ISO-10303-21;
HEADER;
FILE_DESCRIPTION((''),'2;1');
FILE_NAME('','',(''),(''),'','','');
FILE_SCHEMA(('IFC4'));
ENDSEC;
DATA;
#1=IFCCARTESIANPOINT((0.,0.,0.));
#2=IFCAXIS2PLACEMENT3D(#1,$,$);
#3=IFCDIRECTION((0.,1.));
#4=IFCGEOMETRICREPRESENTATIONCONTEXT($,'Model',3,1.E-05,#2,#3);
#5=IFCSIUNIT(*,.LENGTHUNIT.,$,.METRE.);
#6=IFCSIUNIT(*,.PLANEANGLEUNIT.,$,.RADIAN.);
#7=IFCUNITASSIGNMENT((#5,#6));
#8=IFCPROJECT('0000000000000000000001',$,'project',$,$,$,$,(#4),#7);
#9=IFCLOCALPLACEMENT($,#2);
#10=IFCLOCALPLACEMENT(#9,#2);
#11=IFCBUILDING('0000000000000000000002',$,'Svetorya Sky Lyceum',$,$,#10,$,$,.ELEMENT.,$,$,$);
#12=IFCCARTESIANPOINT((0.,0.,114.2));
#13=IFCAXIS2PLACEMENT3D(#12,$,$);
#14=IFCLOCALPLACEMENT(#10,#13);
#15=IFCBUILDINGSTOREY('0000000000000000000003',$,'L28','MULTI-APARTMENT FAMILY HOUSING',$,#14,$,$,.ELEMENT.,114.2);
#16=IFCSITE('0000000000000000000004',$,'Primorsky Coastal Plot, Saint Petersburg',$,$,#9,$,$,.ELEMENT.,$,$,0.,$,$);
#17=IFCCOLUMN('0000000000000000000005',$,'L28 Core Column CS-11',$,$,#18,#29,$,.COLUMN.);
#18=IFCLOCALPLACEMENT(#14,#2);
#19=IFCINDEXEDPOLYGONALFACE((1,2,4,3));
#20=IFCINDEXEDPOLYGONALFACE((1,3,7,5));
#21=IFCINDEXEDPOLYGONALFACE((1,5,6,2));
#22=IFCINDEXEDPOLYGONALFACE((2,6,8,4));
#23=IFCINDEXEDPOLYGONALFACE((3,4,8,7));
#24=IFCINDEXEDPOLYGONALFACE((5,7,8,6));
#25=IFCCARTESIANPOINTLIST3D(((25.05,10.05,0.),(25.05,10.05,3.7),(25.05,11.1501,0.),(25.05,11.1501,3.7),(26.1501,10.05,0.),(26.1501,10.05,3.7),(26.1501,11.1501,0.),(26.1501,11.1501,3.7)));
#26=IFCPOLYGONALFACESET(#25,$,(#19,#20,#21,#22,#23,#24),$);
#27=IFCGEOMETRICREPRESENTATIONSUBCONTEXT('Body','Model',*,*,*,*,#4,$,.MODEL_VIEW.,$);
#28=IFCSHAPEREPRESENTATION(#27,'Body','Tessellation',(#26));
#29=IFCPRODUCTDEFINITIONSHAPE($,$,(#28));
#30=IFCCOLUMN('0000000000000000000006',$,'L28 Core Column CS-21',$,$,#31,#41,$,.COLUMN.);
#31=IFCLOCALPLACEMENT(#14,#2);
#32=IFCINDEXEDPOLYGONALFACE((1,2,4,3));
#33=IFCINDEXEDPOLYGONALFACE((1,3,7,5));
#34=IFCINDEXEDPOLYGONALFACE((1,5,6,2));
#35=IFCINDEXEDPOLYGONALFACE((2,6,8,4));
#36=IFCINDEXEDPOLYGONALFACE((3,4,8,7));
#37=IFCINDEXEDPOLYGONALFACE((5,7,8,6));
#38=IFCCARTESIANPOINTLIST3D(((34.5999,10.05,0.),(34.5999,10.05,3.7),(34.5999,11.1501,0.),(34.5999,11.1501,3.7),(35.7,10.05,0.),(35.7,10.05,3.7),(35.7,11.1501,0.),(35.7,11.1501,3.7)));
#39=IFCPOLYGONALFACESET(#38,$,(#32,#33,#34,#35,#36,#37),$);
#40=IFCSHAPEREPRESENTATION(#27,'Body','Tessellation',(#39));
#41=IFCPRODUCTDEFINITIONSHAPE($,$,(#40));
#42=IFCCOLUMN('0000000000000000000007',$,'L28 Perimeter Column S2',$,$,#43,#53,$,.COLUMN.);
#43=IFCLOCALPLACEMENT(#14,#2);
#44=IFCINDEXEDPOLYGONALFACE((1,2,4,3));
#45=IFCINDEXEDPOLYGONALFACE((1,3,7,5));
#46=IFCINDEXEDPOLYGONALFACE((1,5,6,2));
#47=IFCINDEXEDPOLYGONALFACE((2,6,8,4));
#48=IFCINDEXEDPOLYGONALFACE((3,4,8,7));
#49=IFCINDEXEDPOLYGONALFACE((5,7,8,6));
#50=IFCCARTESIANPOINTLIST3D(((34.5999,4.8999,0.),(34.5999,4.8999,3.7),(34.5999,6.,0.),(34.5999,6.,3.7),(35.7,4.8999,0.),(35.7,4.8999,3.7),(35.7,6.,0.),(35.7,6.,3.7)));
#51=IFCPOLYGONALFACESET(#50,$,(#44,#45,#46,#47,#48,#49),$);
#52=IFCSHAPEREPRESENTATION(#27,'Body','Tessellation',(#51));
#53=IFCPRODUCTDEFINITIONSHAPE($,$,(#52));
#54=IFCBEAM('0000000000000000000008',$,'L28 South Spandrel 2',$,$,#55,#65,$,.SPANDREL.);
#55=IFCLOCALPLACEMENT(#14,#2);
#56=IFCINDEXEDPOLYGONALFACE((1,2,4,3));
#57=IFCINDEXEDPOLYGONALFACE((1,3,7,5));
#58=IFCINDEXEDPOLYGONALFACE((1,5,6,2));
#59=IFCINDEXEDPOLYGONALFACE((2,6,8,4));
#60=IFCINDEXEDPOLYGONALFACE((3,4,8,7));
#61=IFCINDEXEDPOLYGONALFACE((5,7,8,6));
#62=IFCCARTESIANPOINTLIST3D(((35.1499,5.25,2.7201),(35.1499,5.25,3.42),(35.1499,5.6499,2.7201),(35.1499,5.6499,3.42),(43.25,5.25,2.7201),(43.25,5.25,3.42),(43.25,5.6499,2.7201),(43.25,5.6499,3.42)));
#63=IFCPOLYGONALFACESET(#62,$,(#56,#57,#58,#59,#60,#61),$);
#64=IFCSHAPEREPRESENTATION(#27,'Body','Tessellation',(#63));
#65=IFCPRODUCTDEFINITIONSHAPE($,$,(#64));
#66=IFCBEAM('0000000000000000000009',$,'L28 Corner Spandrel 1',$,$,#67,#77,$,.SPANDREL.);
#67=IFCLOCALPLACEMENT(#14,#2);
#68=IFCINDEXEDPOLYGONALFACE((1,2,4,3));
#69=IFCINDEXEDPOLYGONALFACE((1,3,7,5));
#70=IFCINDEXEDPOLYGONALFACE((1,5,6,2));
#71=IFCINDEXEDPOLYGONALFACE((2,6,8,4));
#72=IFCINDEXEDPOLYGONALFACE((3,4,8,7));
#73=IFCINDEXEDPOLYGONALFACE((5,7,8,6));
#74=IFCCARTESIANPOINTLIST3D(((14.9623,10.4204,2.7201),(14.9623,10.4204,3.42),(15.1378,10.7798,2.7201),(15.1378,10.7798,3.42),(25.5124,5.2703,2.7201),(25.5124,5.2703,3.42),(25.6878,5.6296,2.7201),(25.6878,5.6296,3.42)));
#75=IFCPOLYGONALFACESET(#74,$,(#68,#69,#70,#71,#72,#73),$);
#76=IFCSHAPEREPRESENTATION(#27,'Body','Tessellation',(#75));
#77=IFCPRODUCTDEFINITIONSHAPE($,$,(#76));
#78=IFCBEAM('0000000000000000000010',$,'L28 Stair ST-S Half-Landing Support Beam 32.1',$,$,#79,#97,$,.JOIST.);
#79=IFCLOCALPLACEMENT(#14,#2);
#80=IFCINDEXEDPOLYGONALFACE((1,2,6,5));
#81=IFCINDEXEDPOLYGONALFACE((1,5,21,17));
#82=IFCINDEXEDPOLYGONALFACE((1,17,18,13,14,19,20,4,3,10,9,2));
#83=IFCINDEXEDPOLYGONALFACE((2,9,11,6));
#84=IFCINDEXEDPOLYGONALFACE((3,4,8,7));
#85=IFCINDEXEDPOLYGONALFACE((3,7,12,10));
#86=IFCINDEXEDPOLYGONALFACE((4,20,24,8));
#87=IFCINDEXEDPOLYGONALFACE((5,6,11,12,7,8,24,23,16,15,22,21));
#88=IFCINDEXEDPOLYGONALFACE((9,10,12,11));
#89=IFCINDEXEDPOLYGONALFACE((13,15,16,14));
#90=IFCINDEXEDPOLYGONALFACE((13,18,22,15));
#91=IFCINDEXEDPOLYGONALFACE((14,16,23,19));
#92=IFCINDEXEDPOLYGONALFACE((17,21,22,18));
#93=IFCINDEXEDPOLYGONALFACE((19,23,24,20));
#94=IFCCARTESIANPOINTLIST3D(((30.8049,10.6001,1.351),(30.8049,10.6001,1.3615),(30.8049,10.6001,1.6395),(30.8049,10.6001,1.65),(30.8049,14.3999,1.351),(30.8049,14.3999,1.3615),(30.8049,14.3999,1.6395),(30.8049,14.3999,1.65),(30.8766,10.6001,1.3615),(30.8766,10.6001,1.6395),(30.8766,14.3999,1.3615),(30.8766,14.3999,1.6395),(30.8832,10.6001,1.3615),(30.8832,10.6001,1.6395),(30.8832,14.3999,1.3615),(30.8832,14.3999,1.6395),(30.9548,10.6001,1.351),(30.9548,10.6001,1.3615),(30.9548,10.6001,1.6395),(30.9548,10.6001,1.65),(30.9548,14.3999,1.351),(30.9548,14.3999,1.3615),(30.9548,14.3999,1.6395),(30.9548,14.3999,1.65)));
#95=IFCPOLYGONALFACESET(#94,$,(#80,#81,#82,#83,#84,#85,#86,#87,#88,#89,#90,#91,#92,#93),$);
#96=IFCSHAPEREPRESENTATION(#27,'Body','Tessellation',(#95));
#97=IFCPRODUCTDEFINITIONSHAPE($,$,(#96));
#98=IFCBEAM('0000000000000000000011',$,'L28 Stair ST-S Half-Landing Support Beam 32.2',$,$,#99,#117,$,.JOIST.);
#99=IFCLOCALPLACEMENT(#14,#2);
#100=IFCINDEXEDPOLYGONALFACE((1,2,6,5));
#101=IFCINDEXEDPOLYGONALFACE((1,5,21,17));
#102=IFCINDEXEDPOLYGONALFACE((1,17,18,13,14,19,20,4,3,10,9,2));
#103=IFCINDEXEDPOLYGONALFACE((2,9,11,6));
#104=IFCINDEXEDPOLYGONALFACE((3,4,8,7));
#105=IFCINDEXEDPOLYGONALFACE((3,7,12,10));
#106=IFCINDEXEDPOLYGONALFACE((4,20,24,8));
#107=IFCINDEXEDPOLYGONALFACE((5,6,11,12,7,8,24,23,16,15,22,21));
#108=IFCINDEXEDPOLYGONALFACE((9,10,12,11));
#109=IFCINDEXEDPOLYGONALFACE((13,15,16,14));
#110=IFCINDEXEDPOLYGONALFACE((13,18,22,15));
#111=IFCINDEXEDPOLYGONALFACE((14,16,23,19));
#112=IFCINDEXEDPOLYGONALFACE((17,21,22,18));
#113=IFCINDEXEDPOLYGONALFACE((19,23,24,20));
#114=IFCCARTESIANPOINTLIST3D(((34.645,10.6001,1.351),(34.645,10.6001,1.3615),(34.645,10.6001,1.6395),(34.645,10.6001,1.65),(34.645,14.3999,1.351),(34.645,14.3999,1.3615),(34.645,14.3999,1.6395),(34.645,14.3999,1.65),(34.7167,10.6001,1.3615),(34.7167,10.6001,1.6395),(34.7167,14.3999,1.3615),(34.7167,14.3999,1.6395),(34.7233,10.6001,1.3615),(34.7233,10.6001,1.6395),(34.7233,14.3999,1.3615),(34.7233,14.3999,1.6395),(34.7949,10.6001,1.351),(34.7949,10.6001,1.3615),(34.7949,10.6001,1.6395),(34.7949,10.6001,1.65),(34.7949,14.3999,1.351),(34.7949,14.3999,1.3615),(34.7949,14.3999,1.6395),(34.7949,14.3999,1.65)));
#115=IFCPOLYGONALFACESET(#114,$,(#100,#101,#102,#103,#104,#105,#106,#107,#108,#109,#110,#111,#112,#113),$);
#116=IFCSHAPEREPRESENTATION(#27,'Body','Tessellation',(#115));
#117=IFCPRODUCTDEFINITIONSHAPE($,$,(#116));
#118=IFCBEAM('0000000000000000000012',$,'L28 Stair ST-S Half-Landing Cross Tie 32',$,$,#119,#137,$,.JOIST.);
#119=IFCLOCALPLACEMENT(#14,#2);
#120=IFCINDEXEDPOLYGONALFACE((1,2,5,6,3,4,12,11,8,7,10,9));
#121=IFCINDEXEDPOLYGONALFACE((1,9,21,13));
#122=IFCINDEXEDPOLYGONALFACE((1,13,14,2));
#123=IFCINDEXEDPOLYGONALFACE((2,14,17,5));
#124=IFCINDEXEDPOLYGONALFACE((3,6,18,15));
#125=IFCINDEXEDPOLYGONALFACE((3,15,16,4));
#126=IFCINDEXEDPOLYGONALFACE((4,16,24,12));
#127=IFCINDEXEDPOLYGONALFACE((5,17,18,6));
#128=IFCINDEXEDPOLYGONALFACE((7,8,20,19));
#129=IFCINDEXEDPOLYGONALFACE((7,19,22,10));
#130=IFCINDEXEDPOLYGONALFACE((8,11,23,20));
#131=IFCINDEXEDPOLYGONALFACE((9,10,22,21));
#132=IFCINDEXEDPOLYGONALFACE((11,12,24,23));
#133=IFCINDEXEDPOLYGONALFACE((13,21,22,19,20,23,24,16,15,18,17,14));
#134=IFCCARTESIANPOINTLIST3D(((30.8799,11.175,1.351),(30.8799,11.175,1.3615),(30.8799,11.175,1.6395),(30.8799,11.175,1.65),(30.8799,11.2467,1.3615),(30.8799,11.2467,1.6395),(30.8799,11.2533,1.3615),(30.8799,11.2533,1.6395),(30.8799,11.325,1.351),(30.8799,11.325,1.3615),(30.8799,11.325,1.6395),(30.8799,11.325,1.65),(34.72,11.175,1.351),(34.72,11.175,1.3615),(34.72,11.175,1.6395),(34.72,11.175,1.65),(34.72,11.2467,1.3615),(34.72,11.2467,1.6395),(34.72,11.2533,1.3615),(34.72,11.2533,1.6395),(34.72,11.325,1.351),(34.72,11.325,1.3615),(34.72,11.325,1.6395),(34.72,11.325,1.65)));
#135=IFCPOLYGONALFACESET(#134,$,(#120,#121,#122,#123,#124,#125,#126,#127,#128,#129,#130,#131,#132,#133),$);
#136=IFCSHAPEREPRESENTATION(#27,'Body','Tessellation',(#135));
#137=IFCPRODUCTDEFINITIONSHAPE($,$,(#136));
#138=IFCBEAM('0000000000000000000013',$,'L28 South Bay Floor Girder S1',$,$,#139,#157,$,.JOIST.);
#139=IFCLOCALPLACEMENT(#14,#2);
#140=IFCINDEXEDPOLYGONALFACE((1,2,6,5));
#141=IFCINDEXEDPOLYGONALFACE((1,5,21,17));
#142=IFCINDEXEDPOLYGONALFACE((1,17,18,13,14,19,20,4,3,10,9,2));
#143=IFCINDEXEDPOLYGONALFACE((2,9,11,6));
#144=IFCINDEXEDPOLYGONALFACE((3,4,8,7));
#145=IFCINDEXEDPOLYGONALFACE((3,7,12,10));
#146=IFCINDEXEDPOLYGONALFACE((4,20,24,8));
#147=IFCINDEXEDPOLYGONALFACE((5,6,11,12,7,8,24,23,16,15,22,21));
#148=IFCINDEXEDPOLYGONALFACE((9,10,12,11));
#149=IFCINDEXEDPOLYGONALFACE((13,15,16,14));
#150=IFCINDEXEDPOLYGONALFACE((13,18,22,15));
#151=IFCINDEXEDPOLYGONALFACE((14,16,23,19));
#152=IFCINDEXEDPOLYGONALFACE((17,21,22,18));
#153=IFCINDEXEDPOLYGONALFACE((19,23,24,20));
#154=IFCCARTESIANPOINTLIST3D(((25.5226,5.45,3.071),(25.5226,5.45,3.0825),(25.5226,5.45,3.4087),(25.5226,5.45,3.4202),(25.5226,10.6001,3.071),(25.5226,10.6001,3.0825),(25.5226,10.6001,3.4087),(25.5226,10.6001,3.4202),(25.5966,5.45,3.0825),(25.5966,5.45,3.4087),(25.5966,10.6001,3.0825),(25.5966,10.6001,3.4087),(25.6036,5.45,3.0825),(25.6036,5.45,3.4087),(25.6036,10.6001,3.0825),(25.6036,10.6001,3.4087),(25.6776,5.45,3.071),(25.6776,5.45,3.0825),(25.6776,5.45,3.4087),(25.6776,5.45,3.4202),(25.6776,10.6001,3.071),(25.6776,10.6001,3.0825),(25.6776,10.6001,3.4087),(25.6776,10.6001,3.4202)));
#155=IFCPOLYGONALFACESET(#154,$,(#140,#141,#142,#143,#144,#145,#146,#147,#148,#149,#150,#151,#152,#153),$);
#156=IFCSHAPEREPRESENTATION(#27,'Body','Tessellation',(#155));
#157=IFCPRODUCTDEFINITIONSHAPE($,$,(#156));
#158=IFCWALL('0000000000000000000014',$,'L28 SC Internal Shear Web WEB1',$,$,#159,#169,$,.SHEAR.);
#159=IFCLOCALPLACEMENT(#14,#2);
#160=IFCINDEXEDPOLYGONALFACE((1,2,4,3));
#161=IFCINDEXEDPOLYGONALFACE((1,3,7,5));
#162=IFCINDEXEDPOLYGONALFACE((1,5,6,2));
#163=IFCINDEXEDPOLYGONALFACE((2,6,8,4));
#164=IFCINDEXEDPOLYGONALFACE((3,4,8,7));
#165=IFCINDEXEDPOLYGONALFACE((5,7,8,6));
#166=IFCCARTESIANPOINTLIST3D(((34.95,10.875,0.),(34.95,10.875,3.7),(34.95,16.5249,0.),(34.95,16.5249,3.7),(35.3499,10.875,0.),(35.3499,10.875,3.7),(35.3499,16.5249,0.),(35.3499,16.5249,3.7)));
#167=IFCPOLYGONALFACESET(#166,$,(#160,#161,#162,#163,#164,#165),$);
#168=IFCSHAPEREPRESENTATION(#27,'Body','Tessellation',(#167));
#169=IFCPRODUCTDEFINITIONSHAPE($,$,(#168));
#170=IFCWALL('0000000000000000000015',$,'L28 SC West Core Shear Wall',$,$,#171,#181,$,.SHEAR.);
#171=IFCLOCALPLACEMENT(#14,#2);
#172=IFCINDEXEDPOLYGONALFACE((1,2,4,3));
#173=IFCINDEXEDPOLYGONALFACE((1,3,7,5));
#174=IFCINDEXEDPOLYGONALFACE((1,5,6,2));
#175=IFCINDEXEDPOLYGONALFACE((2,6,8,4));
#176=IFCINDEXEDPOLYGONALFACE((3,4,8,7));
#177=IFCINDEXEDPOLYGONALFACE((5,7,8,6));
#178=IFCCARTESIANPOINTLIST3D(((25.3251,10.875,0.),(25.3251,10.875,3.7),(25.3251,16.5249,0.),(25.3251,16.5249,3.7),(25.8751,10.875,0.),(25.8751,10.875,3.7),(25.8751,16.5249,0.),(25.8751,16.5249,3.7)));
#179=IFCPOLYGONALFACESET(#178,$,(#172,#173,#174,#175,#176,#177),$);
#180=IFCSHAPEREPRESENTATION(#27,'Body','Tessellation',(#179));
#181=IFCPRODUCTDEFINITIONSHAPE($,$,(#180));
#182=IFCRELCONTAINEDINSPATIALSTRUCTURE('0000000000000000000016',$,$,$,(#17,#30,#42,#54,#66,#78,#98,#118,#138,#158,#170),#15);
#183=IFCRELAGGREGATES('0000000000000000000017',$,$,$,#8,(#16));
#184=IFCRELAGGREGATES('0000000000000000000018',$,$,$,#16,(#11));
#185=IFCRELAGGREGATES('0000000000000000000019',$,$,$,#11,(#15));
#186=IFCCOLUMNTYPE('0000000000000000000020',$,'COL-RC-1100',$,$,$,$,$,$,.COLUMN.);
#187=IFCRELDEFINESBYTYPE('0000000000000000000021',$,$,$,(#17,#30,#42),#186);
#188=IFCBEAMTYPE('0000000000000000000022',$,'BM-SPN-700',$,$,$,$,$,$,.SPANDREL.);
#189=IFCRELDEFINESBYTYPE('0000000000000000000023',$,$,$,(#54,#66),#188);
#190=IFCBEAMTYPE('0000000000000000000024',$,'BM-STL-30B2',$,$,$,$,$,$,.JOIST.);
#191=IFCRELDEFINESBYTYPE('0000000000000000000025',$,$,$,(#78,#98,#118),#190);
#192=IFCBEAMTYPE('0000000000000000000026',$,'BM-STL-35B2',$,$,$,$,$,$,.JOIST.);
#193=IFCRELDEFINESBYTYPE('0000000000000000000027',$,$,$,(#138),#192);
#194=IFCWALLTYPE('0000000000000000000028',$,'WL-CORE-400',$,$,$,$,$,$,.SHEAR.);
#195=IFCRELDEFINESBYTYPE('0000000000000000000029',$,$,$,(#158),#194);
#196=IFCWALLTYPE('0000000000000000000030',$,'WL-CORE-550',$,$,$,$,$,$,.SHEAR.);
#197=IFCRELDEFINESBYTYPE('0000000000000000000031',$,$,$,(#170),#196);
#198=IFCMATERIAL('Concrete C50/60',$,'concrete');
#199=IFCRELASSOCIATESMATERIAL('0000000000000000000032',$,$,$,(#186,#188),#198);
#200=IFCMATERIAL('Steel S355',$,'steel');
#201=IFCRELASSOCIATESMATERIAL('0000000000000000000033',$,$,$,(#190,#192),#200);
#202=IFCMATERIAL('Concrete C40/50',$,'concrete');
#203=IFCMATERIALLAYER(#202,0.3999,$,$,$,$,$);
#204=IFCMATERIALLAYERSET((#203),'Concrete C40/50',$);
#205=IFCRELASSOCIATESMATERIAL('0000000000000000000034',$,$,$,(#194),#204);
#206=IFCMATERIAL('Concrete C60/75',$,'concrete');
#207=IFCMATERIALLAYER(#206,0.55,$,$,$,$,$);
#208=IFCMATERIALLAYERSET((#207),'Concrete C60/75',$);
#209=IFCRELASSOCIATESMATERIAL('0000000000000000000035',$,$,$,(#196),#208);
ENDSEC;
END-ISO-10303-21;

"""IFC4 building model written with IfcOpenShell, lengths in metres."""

from ifc_helpers import new_model, si_unit, direction, frame, frame_2d, origin, origin_2d, place, context, subcontext, project, spatial, rectangle, i_section, extrude, material, layer, layer_set, material_profile, profile_set, type_object, element, save


model = new_model("IFC4")

# Units and contexts
model_context = context("Model", 3, precision=1e-05, world=origin(), true_north=direction((0.0, 1.0)))
body_context = subcontext(model_context, "Body", "Model", "MODEL_VIEW")
ifc_project = project(units=[si_unit("LENGTHUNIT", "METRE"), si_unit("PLANEANGLEUNIT", "RADIAN")], contexts=[model_context])

# Site, building, storey
site_placement = place(None, origin())
site = spatial("IfcSite", under=ifc_project, at=site_placement, Name="Primorsky Coastal Plot, Saint Petersburg", CompositionType="ELEMENT", RefElevation=0.0)
building_placement = place(site_placement, origin())
building = spatial("IfcBuilding", under=site, at=building_placement, Name="Svetorya Sky Lyceum", CompositionType="ELEMENT")
storey_placement = place(building_placement, frame((0.0, 0.0, 114.2)))
storey = spatial("IfcBuildingStorey", under=building, at=storey_placement, Name="L28", Description="MULTI-APARTMENT FAMILY HOUSING", CompositionType="ELEMENT", Elevation=114.2)

# Columns
ifc_material_1 = material(Name="Concrete C50/60", Category="concrete")
ifc_material_profile_1 = material_profile(ifc_material_1, rectangle(XDim=1.1001, YDim=1.1001, at=origin_2d()), Name="RC COL 1100x1100")
ifc_profile_set_1 = profile_set([ifc_material_profile_1], Name="Concrete C50/60")
column_type = type_object("IfcColumnType", Name="COL-RC-1100", PredefinedType="COLUMN", material=ifc_profile_set_1)
for number, where, z_axis, x_axis, name in (
    (1, (25.6001, 10.6001, 0.0), (0.0, 0.0, 1.0), (1.0, 0.0, 0.0), "L28 Core Column CS-11"),
    (2, (35.1499, 10.6001, 0.0), (0.0, 0.0, 1.0), (1.0, 0.0, 0.0), "L28 Core Column CS-21"),
    (3, (35.1499, 5.45, 0.0), (0.0, 0.0, 1.0), (1.0, 0.0, 0.0), "L28 Perimeter Column S2"),
):
    element("IfcColumn", number, at=place(storey_placement, frame(where, z_axis=z_axis, x_axis=x_axis)), inside=storey, type_object=column_type, Name=name, PredefinedType="COLUMN", context=body_context, shape_type="SweptSolid", body=[
        extrude(rectangle(XDim=1.1001, YDim=1.1001, at=origin_2d()), origin(), (0.0, 0.0, 1.0), 3.7),
    ])

# Beams
ifc_material_profile_2 = material_profile(ifc_material_1, rectangle(XDim=0.3999, YDim=0.7, at=origin_2d()), Name="RC SPANDREL 400x700")
ifc_profile_set_2 = profile_set([ifc_material_profile_2], Name="Concrete C50/60")
beam_type_1 = type_object("IfcBeamType", Name="BM-SPN-700", PredefinedType="SPANDREL", material=ifc_profile_set_2)
beam_1_placement = place(storey_placement, frame((35.1499, 5.45, 3.0701), z_axis=(1.0, 0.0, 0.0), x_axis=(0.0, 1.0, 0.0)))
element("IfcBeam", 4, at=beam_1_placement, inside=storey, type_object=beam_type_1, Name="L28 South Spandrel 2", PredefinedType="SPANDREL", context=body_context, shape_type="SweptSolid", body=[
    extrude(rectangle(XDim=0.3999, YDim=0.7, at=origin_2d()), origin(), (0.0, 0.0, 1.0), 8.1001),
])
beam_2_placement = place(storey_placement, frame((25.6001, 5.45, 3.0701), z_axis=(-0.898641, 0.438684, 0.0), x_axis=(-0.438684, -0.898641, 0.0)))
element("IfcBeam", 5, at=beam_2_placement, inside=storey, type_object=beam_type_1, Name="L28 Corner Spandrel 1", PredefinedType="SPANDREL", context=body_context, shape_type="SweptSolid", body=[
    extrude(rectangle(XDim=0.3999, YDim=0.7, at=origin_2d()), origin(), (0.0, 0.0, 1.0), 11.74),
])
ifc_material_2 = material(Name="Steel S355", Category="steel")
ifc_material_profile_3 = material_profile(ifc_material_2, i_section(OverallWidth=0.1499, OverallDepth=0.2991, WebThickness=0.0066, FlangeThickness=0.0105, at=origin_2d()), Name="GOST 30B2")
ifc_profile_set_3 = profile_set([ifc_material_profile_3], Name="Steel S355")
beam_type_2 = type_object("IfcBeamType", Name="BM-STL-30B2", PredefinedType="JOIST", material=ifc_profile_set_3)
for number, where, z_axis, x_axis, name in (
    (6, (30.8799, 10.6001, 1.5005), (0.0, 1.0, 0.0), (-1.0, 0.0, 0.0), "L28 Stair ST-S Half-Landing Support Beam 32.1"),
    (7, (34.72, 10.6001, 1.5005), (0.0, 1.0, 0.0), (-1.0, 0.0, 0.0), "L28 Stair ST-S Half-Landing Support Beam 32.2"),
):
    element("IfcBeam", number, at=place(storey_placement, frame(where, z_axis=z_axis, x_axis=x_axis)), inside=storey, type_object=beam_type_2, Name=name, PredefinedType="JOIST", context=body_context, shape_type="SweptSolid", body=[
        extrude(i_section(OverallWidth=0.1499, OverallDepth=0.2991, WebThickness=0.0066, FlangeThickness=0.0105, at=origin_2d()), origin(), (0.0, 0.0, 1.0), 3.7998),
    ])
beam_3_placement = place(storey_placement, frame((30.8799, 11.25, 1.5005), z_axis=(1.0, 0.0, 0.0), x_axis=(0.0, 1.0, 0.0)))
element("IfcBeam", 8, at=beam_3_placement, inside=storey, type_object=beam_type_2, Name="L28 Stair ST-S Half-Landing Cross Tie 32", PredefinedType="JOIST", context=body_context, shape_type="SweptSolid", body=[
    extrude(i_section(OverallWidth=0.1499, OverallDepth=0.2991, WebThickness=0.0066, FlangeThickness=0.0105, at=origin_2d()), origin(), (0.0, 0.0, 1.0), 3.8401),
])
ifc_material_profile_4 = material_profile(ifc_material_2, i_section(OverallWidth=0.155, OverallDepth=0.3491, WebThickness=0.0071, FlangeThickness=0.0115, at=origin_2d()), Name="GOST 35B2")
ifc_profile_set_4 = profile_set([ifc_material_profile_4], Name="Steel S355")
beam_type_3 = type_object("IfcBeamType", Name="BM-STL-35B2", PredefinedType="JOIST", material=ifc_profile_set_4)
beam_4_placement = place(storey_placement, frame((25.6001, 5.45, 3.2456), z_axis=(0.0, 1.0, 0.0), x_axis=(-1.0, 0.0, 0.0)))
element("IfcBeam", 9, at=beam_4_placement, inside=storey, type_object=beam_type_3, Name="L28 South Bay Floor Girder S1", PredefinedType="JOIST", context=body_context, shape_type="SweptSolid", body=[
    extrude(i_section(OverallWidth=0.155, OverallDepth=0.3491, WebThickness=0.0071, FlangeThickness=0.0115, at=origin_2d()), origin(), (0.0, 0.0, 1.0), 5.1501),
])

# Walls
ifc_material_3 = material(Name="Concrete C40/50", Category="concrete")
ifc_layer_1 = layer(ifc_material_3, 0.3999)
ifc_layer_set_1 = layer_set([ifc_layer_1], Name="Concrete C40/50")
wall_type_1 = type_object("IfcWallType", Name="WL-CORE-400", PredefinedType="SHEAR", material=ifc_layer_set_1)
wall_1_placement = place(storey_placement, frame((35.1499, 10.875, 0.0), z_axis=(0.0, 0.0, 1.0), x_axis=(0.0, 1.0, 0.0)))
element("IfcWall", 10, at=wall_1_placement, inside=storey, type_object=wall_type_1, Name="L28 SC Internal Shear Web WEB1", PredefinedType="SHEAR", context=body_context, shape_type="SweptSolid", body=[
    extrude(rectangle(XDim=5.6499, YDim=0.3999, at=frame_2d((2.825, 0.0))), origin(), (0.0, 0.0, 1.0), 3.7),
])
ifc_material_4 = material(Name="Concrete C60/75", Category="concrete")
ifc_layer_2 = layer(ifc_material_4, 0.55)
ifc_layer_set_2 = layer_set([ifc_layer_2], Name="Concrete C60/75")
wall_type_2 = type_object("IfcWallType", Name="WL-CORE-550", PredefinedType="SHEAR", material=ifc_layer_set_2)
wall_2_placement = place(storey_placement, frame((25.6001, 10.875, 0.0), z_axis=(0.0, 0.0, 1.0), x_axis=(0.0, 1.0, 0.0)))
element("IfcWall", 11, at=wall_2_placement, inside=storey, type_object=wall_type_2, Name="L28 SC West Core Shear Wall", PredefinedType="SHEAR", context=body_context, shape_type="SweptSolid", body=[
    extrude(rectangle(XDim=5.6499, YDim=0.55, at=frame_2d((2.825, 0.0))), origin(), (0.0, 0.0, 1.0), 3.7),
])

save(model, "model.ifc")
